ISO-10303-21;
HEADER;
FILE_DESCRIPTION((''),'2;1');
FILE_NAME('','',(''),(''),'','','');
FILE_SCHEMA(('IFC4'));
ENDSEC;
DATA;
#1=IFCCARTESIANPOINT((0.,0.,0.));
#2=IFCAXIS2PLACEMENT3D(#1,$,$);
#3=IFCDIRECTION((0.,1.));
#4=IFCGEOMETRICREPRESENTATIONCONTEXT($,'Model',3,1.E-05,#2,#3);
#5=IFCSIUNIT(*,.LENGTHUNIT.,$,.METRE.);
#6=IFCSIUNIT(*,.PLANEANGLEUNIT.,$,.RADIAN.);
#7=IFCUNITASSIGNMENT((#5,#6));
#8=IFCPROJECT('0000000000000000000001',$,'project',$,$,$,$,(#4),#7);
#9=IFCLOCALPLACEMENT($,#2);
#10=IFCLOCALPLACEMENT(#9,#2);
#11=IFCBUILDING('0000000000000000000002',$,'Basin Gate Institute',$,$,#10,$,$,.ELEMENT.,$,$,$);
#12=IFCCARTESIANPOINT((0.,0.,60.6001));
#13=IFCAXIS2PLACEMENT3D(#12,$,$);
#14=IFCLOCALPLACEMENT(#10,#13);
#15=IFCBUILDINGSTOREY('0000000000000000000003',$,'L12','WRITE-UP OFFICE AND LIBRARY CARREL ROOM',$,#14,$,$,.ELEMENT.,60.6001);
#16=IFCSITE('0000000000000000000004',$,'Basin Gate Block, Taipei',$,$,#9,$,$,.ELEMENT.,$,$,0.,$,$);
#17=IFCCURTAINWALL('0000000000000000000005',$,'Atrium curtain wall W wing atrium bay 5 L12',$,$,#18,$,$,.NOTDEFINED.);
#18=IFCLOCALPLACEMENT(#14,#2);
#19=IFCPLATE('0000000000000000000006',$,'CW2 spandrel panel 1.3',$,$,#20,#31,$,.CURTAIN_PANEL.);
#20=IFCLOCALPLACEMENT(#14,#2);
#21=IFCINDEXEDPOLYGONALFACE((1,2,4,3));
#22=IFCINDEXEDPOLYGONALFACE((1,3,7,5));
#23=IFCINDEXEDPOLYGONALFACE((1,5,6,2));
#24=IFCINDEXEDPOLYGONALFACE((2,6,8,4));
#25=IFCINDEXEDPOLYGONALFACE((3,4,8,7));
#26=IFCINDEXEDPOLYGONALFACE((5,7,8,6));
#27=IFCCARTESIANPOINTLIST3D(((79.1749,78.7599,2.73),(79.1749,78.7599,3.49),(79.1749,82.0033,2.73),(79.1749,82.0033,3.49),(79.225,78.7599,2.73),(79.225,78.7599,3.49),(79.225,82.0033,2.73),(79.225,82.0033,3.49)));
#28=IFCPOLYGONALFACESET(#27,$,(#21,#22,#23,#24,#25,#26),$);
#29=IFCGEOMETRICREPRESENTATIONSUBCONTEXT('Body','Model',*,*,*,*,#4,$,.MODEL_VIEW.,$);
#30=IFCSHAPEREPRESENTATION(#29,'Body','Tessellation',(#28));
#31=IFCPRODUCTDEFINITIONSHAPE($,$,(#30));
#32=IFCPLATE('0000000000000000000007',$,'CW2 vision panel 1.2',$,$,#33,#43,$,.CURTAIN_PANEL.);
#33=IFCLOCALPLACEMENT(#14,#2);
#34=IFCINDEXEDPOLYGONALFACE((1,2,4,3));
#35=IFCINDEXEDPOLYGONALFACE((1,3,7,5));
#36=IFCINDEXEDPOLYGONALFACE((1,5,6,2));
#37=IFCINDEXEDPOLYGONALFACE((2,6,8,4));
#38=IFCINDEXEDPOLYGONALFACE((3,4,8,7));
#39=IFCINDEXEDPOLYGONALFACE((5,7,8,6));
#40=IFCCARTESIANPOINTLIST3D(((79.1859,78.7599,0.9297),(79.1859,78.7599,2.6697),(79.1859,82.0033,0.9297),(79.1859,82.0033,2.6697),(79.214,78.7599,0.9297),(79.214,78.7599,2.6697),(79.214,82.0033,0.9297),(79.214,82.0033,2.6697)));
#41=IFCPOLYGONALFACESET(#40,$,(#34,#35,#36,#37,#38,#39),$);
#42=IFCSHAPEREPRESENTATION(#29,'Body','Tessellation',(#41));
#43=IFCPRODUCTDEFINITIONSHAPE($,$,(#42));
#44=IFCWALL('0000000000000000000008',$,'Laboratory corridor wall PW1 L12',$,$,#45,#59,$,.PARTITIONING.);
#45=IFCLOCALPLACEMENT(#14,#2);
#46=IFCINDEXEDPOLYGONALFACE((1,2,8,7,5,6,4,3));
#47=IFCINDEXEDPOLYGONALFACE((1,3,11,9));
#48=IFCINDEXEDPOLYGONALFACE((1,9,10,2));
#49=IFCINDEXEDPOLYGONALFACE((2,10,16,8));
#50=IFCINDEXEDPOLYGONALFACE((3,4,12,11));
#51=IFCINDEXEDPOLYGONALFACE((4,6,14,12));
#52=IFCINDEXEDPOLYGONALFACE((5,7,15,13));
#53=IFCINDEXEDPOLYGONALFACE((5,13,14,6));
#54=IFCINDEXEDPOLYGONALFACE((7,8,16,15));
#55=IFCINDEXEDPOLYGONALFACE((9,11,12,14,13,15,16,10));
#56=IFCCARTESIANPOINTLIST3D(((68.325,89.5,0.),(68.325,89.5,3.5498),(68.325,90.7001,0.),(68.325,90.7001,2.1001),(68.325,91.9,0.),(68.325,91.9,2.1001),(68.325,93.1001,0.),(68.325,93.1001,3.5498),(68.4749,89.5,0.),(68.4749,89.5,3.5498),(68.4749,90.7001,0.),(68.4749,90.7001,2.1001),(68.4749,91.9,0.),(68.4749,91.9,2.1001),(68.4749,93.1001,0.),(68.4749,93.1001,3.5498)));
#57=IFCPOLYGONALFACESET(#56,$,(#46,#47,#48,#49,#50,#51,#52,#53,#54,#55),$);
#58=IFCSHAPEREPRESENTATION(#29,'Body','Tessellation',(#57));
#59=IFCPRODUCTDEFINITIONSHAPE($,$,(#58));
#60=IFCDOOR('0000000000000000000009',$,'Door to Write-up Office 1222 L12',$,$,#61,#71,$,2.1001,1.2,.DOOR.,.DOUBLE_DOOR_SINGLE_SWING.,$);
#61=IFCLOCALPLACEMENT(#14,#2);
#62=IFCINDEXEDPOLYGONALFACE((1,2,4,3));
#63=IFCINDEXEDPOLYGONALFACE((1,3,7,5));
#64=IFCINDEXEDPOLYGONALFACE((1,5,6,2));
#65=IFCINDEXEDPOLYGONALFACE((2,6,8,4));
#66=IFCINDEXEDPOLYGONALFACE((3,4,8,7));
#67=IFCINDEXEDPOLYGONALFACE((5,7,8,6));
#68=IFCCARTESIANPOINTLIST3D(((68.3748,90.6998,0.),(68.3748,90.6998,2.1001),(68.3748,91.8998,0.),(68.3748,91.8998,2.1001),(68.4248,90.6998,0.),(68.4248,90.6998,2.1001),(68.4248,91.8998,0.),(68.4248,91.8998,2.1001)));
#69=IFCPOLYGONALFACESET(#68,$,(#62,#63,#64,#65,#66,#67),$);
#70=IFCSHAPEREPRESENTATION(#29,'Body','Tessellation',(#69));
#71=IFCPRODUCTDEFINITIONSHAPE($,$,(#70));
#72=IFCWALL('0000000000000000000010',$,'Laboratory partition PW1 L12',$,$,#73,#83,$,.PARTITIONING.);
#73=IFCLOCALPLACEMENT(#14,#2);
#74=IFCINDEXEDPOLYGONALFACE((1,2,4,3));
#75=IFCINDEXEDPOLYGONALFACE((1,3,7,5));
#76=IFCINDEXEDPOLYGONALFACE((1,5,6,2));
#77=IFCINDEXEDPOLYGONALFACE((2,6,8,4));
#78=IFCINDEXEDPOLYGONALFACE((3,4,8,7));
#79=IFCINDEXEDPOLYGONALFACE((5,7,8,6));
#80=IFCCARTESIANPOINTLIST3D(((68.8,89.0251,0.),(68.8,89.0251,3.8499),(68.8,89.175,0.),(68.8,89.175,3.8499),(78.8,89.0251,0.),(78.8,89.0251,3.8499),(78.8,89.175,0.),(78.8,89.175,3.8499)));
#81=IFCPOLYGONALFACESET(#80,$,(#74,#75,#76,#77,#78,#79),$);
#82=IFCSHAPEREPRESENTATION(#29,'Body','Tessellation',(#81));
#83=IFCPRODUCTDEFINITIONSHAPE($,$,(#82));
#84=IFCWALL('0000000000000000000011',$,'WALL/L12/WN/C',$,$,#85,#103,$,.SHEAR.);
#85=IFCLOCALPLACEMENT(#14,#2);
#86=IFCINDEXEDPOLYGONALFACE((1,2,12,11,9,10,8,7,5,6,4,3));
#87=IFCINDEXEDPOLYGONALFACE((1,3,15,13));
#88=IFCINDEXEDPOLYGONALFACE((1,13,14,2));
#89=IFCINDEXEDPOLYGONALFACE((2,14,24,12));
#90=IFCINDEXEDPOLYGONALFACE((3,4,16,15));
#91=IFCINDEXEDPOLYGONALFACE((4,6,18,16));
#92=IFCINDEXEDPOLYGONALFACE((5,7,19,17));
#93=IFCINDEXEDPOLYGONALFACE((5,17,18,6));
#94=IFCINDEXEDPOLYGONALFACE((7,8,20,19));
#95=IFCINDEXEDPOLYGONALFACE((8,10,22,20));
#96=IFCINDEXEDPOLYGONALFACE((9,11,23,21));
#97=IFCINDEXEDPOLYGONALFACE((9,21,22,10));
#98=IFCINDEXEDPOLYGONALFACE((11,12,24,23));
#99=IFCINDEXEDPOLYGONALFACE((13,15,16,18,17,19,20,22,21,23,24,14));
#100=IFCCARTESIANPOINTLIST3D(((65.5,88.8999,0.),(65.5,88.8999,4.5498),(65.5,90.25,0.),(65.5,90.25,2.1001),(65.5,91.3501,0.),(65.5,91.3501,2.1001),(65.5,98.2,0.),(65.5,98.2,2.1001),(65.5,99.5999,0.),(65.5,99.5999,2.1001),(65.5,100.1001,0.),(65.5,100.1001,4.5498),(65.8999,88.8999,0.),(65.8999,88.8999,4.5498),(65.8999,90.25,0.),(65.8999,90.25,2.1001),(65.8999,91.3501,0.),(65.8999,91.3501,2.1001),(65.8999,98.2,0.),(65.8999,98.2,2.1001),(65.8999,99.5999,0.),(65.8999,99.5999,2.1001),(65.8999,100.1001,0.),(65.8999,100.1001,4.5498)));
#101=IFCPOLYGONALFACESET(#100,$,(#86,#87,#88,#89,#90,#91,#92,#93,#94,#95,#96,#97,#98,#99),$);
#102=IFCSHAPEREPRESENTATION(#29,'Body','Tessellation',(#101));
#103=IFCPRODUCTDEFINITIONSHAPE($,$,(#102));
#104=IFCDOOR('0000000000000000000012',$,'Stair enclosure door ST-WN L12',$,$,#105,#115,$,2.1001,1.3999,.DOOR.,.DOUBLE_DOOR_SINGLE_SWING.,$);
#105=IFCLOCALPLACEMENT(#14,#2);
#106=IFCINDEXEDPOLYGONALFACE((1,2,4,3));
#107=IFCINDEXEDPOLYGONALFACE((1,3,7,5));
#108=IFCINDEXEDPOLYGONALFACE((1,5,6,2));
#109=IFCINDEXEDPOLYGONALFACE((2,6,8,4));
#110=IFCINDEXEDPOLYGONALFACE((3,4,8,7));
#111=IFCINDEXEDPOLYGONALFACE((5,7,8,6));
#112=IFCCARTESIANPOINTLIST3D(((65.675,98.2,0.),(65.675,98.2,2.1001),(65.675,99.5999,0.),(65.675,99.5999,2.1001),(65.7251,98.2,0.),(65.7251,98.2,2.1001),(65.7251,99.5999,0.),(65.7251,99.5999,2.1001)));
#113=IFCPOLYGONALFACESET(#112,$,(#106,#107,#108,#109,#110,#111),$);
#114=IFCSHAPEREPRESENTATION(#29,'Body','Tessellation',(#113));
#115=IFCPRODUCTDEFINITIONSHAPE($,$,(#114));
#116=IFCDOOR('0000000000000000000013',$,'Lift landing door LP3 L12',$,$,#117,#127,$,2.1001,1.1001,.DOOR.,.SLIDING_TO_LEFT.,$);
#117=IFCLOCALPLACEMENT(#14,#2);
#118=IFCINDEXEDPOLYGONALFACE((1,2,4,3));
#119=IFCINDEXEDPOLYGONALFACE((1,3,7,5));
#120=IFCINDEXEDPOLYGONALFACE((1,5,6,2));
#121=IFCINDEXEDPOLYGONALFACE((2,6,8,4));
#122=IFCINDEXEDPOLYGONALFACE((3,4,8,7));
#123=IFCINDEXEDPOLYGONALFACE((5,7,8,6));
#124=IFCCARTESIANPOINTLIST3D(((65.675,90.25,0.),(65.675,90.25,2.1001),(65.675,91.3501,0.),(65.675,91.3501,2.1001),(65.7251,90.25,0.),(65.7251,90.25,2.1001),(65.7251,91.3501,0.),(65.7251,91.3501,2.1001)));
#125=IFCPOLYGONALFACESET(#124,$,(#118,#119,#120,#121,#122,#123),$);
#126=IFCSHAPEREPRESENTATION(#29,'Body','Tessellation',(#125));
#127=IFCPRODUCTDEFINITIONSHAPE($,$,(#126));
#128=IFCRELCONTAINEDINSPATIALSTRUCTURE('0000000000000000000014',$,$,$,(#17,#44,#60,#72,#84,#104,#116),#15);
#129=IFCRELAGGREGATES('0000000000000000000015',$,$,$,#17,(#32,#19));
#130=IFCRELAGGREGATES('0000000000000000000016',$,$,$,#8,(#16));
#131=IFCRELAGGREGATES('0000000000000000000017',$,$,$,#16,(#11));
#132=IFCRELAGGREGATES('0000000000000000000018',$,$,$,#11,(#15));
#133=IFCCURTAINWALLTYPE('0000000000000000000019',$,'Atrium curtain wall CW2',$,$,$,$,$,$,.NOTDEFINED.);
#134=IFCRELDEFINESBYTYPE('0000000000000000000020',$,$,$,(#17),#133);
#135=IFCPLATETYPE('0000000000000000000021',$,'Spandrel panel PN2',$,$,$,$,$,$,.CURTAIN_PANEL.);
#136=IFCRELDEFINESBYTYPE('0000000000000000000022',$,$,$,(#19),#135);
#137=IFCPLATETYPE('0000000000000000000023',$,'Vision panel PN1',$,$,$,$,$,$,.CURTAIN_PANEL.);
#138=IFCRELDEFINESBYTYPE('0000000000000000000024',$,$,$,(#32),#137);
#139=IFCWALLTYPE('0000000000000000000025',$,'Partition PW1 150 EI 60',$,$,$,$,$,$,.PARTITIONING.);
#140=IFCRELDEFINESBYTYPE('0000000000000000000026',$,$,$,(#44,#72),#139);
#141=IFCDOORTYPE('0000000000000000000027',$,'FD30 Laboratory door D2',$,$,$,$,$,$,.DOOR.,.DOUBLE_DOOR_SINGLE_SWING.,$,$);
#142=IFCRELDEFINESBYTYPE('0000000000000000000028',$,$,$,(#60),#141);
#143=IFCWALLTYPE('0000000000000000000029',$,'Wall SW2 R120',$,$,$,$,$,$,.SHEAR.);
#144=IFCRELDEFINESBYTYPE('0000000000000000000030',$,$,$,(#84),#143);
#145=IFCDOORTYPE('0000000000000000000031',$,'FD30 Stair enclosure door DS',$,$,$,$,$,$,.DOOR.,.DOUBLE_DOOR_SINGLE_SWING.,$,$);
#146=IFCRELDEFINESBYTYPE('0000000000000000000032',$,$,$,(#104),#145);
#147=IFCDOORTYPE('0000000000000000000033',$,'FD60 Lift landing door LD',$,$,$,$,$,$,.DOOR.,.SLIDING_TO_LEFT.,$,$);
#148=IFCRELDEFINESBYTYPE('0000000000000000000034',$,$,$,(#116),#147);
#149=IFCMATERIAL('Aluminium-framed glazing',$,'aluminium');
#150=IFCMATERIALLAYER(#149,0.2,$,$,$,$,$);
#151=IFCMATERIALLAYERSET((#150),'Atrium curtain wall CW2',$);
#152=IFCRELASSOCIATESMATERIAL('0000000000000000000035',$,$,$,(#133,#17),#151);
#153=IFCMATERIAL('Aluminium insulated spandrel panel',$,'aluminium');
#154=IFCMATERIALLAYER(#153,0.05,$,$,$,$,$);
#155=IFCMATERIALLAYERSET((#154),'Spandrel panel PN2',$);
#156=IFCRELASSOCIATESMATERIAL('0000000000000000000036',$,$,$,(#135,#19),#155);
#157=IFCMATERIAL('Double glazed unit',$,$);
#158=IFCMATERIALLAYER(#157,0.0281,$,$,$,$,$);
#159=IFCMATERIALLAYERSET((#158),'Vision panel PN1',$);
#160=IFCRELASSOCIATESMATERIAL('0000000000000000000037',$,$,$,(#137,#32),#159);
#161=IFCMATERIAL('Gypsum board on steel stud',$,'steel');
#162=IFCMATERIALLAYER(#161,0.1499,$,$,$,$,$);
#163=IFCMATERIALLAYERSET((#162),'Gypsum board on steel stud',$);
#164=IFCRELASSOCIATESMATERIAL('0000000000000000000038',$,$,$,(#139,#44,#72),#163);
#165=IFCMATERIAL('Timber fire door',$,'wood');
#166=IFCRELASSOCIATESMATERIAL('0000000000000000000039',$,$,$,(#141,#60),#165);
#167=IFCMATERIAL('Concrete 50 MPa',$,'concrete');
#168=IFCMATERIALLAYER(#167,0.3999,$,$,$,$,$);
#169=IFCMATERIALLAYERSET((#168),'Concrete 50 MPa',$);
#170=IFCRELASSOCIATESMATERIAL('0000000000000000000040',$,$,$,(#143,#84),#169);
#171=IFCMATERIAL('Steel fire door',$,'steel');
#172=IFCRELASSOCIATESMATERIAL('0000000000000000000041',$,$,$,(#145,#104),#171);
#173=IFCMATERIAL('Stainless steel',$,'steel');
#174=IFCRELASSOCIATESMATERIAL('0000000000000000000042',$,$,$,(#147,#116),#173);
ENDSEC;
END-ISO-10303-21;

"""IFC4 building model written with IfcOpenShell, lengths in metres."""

from ifc_helpers import new_model, si_unit, direction, frame, frame_2d, origin, origin_2d, place, context, subcontext, project, spatial, rectangle, extrude, material, layer, layer_set, type_object, element, fill, aggregate, save


model = new_model("IFC4")

# Units and contexts
model_context = context("Model", 3, precision=1e-05, world=origin(), true_north=direction((0.0, 1.0)))
body_context = subcontext(model_context, "Body", "Model", "MODEL_VIEW")
ifc_project = project(units=[si_unit("LENGTHUNIT", "METRE"), si_unit("PLANEANGLEUNIT", "RADIAN")], contexts=[model_context])

# Site, building, storey
site_placement = place(None, origin())
site = spatial("IfcSite", under=ifc_project, at=site_placement, Name="Basin Gate Block, Taipei", CompositionType="ELEMENT", RefElevation=0.0)
building_placement = place(site_placement, origin())
building = spatial("IfcBuilding", under=site, at=building_placement, Name="Basin Gate Institute", CompositionType="ELEMENT")
storey_placement = place(building_placement, frame((0.0, 0.0, 60.6001)))
storey = spatial("IfcBuildingStorey", under=building, at=storey_placement, Name="L12", Description="WRITE-UP OFFICE AND LIBRARY CARREL ROOM", CompositionType="ELEMENT", Elevation=60.6001)

# Curtain wall
ifc_material_1 = material(Name="Aluminium-framed glazing", Category="aluminium")
ifc_layer_1 = layer(ifc_material_1, 0.2)
ifc_layer_set_1 = layer_set([ifc_layer_1], Name="Atrium curtain wall CW2")
curtain_wall_type = type_object("IfcCurtainWallType", Name="Atrium curtain wall CW2", PredefinedType="NOTDEFINED", material=ifc_layer_set_1)
curtain_wall_placement = place(storey_placement, origin())
curtain_wall = element("IfcCurtainWall", 1, at=curtain_wall_placement, inside=storey, type_object=curtain_wall_type, material=ifc_layer_set_1, Name="Atrium curtain wall W wing atrium bay 5 L12", PredefinedType="NOTDEFINED")

# Plates
ifc_material_2 = material(Name="Aluminium insulated spandrel panel", Category="aluminium")
ifc_layer_2 = layer(ifc_material_2, 0.05)
ifc_layer_set_2 = layer_set([ifc_layer_2], Name="Spandrel panel PN2")
plate_type_1 = type_object("IfcPlateType", Name="Spandrel panel PN2", PredefinedType="CURTAIN_PANEL", material=ifc_layer_set_2)
plate_1_placement = place(storey_placement, frame((79.2, 80.3816, 2.73), z_axis=(0.0, 0.0, 1.0), x_axis=(0.0, 1.0, 0.0)))
plate_1 = element("IfcPlate", 2, at=plate_1_placement, type_object=plate_type_1, material=ifc_layer_set_2, Name="CW2 spandrel panel 1.3", PredefinedType="CURTAIN_PANEL", context=body_context, shape_type="SweptSolid", body=[
    extrude(rectangle(XDim=3.2434, YDim=0.05, at=origin_2d()), origin(), (0.0, 0.0, 1.0), 0.76),
])
ifc_material_3 = material(Name="Double glazed unit")
ifc_layer_3 = layer(ifc_material_3, 0.0281)
ifc_layer_set_3 = layer_set([ifc_layer_3], Name="Vision panel PN1")
plate_type_2 = type_object("IfcPlateType", Name="Vision panel PN1", PredefinedType="CURTAIN_PANEL", material=ifc_layer_set_3)
plate_2_placement = place(storey_placement, frame((79.2, 80.3816, 0.9297), z_axis=(0.0, 0.0, 1.0), x_axis=(0.0, 1.0, 0.0)))
plate_2 = element("IfcPlate", 3, at=plate_2_placement, type_object=plate_type_2, material=ifc_layer_set_3, Name="CW2 vision panel 1.2", PredefinedType="CURTAIN_PANEL", context=body_context, shape_type="SweptSolid", body=[
    extrude(rectangle(XDim=3.2434, YDim=0.0281, at=origin_2d()), origin(), (0.0, 0.0, 1.0), 1.74),
])
aggregate(curtain_wall, [plate_2, plate_1])

# Wall, opening, door
ifc_material_4 = material(Name="Gypsum board on steel stud", Category="steel")
ifc_layer_4 = layer(ifc_material_4, 0.1499)
ifc_layer_set_4 = layer_set([ifc_layer_4], Name="Gypsum board on steel stud")
wall_type_1 = type_object("IfcWallType", Name="Partition PW1 150 EI 60", PredefinedType="PARTITIONING", material=ifc_layer_set_4)
wall_1_placement = place(storey_placement, frame((68.3999, 89.5, 0.0), z_axis=(0.0, 0.0, 1.0), x_axis=(0.0, 1.0, 0.0)))
wall_1 = element("IfcWall", 4, at=wall_1_placement, inside=storey, type_object=wall_type_1, material=ifc_layer_set_4, Name="Laboratory corridor wall PW1 L12", PredefinedType="PARTITIONING", context=body_context, shape_type="SweptSolid", body=[
    extrude(rectangle(XDim=3.6001, YDim=0.1499, at=frame_2d((1.8, 0.0))), origin(), (0.0, 0.0, 1.0), 3.5498),
])
opening_1_placement = place(wall_1_placement, frame((1.2, 0.0, 0.0)))
opening_1 = element("IfcOpeningElement", 5, at=opening_1_placement, cuts=wall_1, PredefinedType="OPENING", context=body_context, shape_type="SweptSolid", body=[
    extrude(rectangle(XDim=1.2, YDim=2.1001, at=frame_2d((0.6001, 1.05))), frame((0.0, 0.085, 0.0), z_axis=(0.0, -1.0, 0.0), x_axis=(1.0, 0.0, 0.0)), (0.0, 0.0, 1.0), 0.1699),
])
ifc_material_5 = material(Name="Timber fire door", Category="wood")
door_type_1 = type_object("IfcDoorType", Name="FD30 Laboratory door D2", OperationType="DOUBLE_DOOR_SINGLE_SWING", PredefinedType="DOOR", material=ifc_material_5)
door_1_placement = place(opening_1_placement, frame((1.2, 0.0, 0.0), z_axis=(0.0, 0.0, 1.0), x_axis=(-1.0, 0.0, 0.0)))
door_1 = element("IfcDoor", 6, at=door_1_placement, inside=storey, type_object=door_type_1, material=ifc_material_5, Name="Door to Write-up Office 1222 L12", OperationType="DOUBLE_DOOR_SINGLE_SWING", OverallHeight=2.1001, OverallWidth=1.2, PredefinedType="DOOR", context=body_context, shape_type="SweptSolid", body=[
    extrude(rectangle(XDim=1.2, YDim=2.1001, at=frame_2d((0.6001, 1.05))), frame((0.0, 0.0249, 0.0), z_axis=(0.0, -1.0, 0.0), x_axis=(1.0, 0.0, 0.0)), (0.0, 0.0, 1.0), 0.05),
])
fill(opening_1, door_1)

# Wall
wall_2_placement = place(storey_placement, frame((68.8, 89.1001, 0.0), z_axis=(0.0, 0.0, 1.0), x_axis=(1.0, 0.0, 0.0)))
element("IfcWall", 7, at=wall_2_placement, inside=storey, type_object=wall_type_1, material=ifc_layer_set_4, Name="Laboratory partition PW1 L12", PredefinedType="PARTITIONING", context=body_context, shape_type="SweptSolid", body=[
    extrude(rectangle(XDim=10.0, YDim=0.1499, at=frame_2d((5.0, 0.0))), origin(), (0.0, 0.0, 1.0), 3.8499),
])

# Wall, openings, doors
ifc_material_6 = material(Name="Concrete 50 MPa", Category="concrete")
ifc_layer_5 = layer(ifc_material_6, 0.3999)
ifc_layer_set_5 = layer_set([ifc_layer_5], Name="Concrete 50 MPa")
wall_type_2 = type_object("IfcWallType", Name="Wall SW2 R120", PredefinedType="SHEAR", material=ifc_layer_set_5)
wall_3_placement = place(storey_placement, frame((65.7, 88.8999, 0.0), z_axis=(0.0, 0.0, 1.0), x_axis=(0.0, 1.0, 0.0)))
wall_3 = element("IfcWall", 8, at=wall_3_placement, inside=storey, type_object=wall_type_2, material=ifc_layer_set_5, Name="WALL/L12/WN/C", PredefinedType="SHEAR", context=body_context, shape_type="SweptSolid", body=[
    extrude(rectangle(XDim=11.2002, YDim=0.3999, at=frame_2d((5.6001, 0.0))), origin(), (0.0, 0.0, 1.0), 4.5498),
])
opening_2_placement = place(wall_3_placement, frame((9.3, 0.0, 0.0)))
opening_2 = element("IfcOpeningElement", 9, at=opening_2_placement, cuts=wall_3, PredefinedType="OPENING", context=body_context, shape_type="SweptSolid", body=[
    extrude(rectangle(XDim=1.3999, YDim=2.1001, at=frame_2d((0.7, 1.05))), frame((0.0, 0.21, 0.0), z_axis=(0.0, -1.0, 0.0), x_axis=(1.0, 0.0, 0.0)), (0.0, 0.0, 1.0), 0.4199),
])
opening_3_placement = place(wall_3_placement, frame((1.3501, 0.0, 0.0)))
opening_3 = element("IfcOpeningElement", 10, at=opening_3_placement, cuts=wall_3, PredefinedType="OPENING", context=body_context, shape_type="SweptSolid", body=[
    extrude(rectangle(XDim=1.1001, YDim=2.1001, at=frame_2d((0.55, 1.05))), frame((0.0, 0.21, 0.0), z_axis=(0.0, -1.0, 0.0), x_axis=(1.0, 0.0, 0.0)), (0.0, 0.0, 1.0), 0.4199),
])
ifc_material_7 = material(Name="Steel fire door", Category="steel")
door_type_2 = type_object("IfcDoorType", Name="FD30 Stair enclosure door DS", OperationType="DOUBLE_DOOR_SINGLE_SWING", PredefinedType="DOOR", material=ifc_material_7)
door_2_placement = place(opening_2_placement, origin())
door_2 = element("IfcDoor", 11, at=door_2_placement, inside=storey, type_object=door_type_2, material=ifc_material_7, Name="Stair enclosure door ST-WN L12", OperationType="DOUBLE_DOOR_SINGLE_SWING", OverallHeight=2.1001, OverallWidth=1.3999, PredefinedType="DOOR", context=body_context, shape_type="SweptSolid", body=[
    extrude(rectangle(XDim=1.3999, YDim=2.1001, at=frame_2d((0.7, 1.05))), frame((0.0, 0.0249, 0.0), z_axis=(0.0, -1.0, 0.0), x_axis=(1.0, 0.0, 0.0)), (0.0, 0.0, 1.0), 0.05),
])
fill(opening_2, door_2)
ifc_material_8 = material(Name="Stainless steel", Category="steel")
door_type_3 = type_object("IfcDoorType", Name="FD60 Lift landing door LD", OperationType="SLIDING_TO_LEFT", PredefinedType="DOOR", material=ifc_material_8)
door_3_placement = place(opening_3_placement, origin())
door_3 = element("IfcDoor", 12, at=door_3_placement, inside=storey, type_object=door_type_3, material=ifc_material_8, Name="Lift landing door LP3 L12", OperationType="SLIDING_TO_LEFT", OverallHeight=2.1001, OverallWidth=1.1001, PredefinedType="DOOR", context=body_context, shape_type="SweptSolid", body=[
    extrude(rectangle(XDim=1.1001, YDim=2.1001, at=frame_2d((0.55, 1.05))), frame((0.0, 0.0249, 0.0), z_axis=(0.0, -1.0, 0.0), x_axis=(1.0, 0.0, 0.0)), (0.0, 0.0, 1.0), 0.05),
])
fill(opening_3, door_3)

save(model, "model.ifc")
